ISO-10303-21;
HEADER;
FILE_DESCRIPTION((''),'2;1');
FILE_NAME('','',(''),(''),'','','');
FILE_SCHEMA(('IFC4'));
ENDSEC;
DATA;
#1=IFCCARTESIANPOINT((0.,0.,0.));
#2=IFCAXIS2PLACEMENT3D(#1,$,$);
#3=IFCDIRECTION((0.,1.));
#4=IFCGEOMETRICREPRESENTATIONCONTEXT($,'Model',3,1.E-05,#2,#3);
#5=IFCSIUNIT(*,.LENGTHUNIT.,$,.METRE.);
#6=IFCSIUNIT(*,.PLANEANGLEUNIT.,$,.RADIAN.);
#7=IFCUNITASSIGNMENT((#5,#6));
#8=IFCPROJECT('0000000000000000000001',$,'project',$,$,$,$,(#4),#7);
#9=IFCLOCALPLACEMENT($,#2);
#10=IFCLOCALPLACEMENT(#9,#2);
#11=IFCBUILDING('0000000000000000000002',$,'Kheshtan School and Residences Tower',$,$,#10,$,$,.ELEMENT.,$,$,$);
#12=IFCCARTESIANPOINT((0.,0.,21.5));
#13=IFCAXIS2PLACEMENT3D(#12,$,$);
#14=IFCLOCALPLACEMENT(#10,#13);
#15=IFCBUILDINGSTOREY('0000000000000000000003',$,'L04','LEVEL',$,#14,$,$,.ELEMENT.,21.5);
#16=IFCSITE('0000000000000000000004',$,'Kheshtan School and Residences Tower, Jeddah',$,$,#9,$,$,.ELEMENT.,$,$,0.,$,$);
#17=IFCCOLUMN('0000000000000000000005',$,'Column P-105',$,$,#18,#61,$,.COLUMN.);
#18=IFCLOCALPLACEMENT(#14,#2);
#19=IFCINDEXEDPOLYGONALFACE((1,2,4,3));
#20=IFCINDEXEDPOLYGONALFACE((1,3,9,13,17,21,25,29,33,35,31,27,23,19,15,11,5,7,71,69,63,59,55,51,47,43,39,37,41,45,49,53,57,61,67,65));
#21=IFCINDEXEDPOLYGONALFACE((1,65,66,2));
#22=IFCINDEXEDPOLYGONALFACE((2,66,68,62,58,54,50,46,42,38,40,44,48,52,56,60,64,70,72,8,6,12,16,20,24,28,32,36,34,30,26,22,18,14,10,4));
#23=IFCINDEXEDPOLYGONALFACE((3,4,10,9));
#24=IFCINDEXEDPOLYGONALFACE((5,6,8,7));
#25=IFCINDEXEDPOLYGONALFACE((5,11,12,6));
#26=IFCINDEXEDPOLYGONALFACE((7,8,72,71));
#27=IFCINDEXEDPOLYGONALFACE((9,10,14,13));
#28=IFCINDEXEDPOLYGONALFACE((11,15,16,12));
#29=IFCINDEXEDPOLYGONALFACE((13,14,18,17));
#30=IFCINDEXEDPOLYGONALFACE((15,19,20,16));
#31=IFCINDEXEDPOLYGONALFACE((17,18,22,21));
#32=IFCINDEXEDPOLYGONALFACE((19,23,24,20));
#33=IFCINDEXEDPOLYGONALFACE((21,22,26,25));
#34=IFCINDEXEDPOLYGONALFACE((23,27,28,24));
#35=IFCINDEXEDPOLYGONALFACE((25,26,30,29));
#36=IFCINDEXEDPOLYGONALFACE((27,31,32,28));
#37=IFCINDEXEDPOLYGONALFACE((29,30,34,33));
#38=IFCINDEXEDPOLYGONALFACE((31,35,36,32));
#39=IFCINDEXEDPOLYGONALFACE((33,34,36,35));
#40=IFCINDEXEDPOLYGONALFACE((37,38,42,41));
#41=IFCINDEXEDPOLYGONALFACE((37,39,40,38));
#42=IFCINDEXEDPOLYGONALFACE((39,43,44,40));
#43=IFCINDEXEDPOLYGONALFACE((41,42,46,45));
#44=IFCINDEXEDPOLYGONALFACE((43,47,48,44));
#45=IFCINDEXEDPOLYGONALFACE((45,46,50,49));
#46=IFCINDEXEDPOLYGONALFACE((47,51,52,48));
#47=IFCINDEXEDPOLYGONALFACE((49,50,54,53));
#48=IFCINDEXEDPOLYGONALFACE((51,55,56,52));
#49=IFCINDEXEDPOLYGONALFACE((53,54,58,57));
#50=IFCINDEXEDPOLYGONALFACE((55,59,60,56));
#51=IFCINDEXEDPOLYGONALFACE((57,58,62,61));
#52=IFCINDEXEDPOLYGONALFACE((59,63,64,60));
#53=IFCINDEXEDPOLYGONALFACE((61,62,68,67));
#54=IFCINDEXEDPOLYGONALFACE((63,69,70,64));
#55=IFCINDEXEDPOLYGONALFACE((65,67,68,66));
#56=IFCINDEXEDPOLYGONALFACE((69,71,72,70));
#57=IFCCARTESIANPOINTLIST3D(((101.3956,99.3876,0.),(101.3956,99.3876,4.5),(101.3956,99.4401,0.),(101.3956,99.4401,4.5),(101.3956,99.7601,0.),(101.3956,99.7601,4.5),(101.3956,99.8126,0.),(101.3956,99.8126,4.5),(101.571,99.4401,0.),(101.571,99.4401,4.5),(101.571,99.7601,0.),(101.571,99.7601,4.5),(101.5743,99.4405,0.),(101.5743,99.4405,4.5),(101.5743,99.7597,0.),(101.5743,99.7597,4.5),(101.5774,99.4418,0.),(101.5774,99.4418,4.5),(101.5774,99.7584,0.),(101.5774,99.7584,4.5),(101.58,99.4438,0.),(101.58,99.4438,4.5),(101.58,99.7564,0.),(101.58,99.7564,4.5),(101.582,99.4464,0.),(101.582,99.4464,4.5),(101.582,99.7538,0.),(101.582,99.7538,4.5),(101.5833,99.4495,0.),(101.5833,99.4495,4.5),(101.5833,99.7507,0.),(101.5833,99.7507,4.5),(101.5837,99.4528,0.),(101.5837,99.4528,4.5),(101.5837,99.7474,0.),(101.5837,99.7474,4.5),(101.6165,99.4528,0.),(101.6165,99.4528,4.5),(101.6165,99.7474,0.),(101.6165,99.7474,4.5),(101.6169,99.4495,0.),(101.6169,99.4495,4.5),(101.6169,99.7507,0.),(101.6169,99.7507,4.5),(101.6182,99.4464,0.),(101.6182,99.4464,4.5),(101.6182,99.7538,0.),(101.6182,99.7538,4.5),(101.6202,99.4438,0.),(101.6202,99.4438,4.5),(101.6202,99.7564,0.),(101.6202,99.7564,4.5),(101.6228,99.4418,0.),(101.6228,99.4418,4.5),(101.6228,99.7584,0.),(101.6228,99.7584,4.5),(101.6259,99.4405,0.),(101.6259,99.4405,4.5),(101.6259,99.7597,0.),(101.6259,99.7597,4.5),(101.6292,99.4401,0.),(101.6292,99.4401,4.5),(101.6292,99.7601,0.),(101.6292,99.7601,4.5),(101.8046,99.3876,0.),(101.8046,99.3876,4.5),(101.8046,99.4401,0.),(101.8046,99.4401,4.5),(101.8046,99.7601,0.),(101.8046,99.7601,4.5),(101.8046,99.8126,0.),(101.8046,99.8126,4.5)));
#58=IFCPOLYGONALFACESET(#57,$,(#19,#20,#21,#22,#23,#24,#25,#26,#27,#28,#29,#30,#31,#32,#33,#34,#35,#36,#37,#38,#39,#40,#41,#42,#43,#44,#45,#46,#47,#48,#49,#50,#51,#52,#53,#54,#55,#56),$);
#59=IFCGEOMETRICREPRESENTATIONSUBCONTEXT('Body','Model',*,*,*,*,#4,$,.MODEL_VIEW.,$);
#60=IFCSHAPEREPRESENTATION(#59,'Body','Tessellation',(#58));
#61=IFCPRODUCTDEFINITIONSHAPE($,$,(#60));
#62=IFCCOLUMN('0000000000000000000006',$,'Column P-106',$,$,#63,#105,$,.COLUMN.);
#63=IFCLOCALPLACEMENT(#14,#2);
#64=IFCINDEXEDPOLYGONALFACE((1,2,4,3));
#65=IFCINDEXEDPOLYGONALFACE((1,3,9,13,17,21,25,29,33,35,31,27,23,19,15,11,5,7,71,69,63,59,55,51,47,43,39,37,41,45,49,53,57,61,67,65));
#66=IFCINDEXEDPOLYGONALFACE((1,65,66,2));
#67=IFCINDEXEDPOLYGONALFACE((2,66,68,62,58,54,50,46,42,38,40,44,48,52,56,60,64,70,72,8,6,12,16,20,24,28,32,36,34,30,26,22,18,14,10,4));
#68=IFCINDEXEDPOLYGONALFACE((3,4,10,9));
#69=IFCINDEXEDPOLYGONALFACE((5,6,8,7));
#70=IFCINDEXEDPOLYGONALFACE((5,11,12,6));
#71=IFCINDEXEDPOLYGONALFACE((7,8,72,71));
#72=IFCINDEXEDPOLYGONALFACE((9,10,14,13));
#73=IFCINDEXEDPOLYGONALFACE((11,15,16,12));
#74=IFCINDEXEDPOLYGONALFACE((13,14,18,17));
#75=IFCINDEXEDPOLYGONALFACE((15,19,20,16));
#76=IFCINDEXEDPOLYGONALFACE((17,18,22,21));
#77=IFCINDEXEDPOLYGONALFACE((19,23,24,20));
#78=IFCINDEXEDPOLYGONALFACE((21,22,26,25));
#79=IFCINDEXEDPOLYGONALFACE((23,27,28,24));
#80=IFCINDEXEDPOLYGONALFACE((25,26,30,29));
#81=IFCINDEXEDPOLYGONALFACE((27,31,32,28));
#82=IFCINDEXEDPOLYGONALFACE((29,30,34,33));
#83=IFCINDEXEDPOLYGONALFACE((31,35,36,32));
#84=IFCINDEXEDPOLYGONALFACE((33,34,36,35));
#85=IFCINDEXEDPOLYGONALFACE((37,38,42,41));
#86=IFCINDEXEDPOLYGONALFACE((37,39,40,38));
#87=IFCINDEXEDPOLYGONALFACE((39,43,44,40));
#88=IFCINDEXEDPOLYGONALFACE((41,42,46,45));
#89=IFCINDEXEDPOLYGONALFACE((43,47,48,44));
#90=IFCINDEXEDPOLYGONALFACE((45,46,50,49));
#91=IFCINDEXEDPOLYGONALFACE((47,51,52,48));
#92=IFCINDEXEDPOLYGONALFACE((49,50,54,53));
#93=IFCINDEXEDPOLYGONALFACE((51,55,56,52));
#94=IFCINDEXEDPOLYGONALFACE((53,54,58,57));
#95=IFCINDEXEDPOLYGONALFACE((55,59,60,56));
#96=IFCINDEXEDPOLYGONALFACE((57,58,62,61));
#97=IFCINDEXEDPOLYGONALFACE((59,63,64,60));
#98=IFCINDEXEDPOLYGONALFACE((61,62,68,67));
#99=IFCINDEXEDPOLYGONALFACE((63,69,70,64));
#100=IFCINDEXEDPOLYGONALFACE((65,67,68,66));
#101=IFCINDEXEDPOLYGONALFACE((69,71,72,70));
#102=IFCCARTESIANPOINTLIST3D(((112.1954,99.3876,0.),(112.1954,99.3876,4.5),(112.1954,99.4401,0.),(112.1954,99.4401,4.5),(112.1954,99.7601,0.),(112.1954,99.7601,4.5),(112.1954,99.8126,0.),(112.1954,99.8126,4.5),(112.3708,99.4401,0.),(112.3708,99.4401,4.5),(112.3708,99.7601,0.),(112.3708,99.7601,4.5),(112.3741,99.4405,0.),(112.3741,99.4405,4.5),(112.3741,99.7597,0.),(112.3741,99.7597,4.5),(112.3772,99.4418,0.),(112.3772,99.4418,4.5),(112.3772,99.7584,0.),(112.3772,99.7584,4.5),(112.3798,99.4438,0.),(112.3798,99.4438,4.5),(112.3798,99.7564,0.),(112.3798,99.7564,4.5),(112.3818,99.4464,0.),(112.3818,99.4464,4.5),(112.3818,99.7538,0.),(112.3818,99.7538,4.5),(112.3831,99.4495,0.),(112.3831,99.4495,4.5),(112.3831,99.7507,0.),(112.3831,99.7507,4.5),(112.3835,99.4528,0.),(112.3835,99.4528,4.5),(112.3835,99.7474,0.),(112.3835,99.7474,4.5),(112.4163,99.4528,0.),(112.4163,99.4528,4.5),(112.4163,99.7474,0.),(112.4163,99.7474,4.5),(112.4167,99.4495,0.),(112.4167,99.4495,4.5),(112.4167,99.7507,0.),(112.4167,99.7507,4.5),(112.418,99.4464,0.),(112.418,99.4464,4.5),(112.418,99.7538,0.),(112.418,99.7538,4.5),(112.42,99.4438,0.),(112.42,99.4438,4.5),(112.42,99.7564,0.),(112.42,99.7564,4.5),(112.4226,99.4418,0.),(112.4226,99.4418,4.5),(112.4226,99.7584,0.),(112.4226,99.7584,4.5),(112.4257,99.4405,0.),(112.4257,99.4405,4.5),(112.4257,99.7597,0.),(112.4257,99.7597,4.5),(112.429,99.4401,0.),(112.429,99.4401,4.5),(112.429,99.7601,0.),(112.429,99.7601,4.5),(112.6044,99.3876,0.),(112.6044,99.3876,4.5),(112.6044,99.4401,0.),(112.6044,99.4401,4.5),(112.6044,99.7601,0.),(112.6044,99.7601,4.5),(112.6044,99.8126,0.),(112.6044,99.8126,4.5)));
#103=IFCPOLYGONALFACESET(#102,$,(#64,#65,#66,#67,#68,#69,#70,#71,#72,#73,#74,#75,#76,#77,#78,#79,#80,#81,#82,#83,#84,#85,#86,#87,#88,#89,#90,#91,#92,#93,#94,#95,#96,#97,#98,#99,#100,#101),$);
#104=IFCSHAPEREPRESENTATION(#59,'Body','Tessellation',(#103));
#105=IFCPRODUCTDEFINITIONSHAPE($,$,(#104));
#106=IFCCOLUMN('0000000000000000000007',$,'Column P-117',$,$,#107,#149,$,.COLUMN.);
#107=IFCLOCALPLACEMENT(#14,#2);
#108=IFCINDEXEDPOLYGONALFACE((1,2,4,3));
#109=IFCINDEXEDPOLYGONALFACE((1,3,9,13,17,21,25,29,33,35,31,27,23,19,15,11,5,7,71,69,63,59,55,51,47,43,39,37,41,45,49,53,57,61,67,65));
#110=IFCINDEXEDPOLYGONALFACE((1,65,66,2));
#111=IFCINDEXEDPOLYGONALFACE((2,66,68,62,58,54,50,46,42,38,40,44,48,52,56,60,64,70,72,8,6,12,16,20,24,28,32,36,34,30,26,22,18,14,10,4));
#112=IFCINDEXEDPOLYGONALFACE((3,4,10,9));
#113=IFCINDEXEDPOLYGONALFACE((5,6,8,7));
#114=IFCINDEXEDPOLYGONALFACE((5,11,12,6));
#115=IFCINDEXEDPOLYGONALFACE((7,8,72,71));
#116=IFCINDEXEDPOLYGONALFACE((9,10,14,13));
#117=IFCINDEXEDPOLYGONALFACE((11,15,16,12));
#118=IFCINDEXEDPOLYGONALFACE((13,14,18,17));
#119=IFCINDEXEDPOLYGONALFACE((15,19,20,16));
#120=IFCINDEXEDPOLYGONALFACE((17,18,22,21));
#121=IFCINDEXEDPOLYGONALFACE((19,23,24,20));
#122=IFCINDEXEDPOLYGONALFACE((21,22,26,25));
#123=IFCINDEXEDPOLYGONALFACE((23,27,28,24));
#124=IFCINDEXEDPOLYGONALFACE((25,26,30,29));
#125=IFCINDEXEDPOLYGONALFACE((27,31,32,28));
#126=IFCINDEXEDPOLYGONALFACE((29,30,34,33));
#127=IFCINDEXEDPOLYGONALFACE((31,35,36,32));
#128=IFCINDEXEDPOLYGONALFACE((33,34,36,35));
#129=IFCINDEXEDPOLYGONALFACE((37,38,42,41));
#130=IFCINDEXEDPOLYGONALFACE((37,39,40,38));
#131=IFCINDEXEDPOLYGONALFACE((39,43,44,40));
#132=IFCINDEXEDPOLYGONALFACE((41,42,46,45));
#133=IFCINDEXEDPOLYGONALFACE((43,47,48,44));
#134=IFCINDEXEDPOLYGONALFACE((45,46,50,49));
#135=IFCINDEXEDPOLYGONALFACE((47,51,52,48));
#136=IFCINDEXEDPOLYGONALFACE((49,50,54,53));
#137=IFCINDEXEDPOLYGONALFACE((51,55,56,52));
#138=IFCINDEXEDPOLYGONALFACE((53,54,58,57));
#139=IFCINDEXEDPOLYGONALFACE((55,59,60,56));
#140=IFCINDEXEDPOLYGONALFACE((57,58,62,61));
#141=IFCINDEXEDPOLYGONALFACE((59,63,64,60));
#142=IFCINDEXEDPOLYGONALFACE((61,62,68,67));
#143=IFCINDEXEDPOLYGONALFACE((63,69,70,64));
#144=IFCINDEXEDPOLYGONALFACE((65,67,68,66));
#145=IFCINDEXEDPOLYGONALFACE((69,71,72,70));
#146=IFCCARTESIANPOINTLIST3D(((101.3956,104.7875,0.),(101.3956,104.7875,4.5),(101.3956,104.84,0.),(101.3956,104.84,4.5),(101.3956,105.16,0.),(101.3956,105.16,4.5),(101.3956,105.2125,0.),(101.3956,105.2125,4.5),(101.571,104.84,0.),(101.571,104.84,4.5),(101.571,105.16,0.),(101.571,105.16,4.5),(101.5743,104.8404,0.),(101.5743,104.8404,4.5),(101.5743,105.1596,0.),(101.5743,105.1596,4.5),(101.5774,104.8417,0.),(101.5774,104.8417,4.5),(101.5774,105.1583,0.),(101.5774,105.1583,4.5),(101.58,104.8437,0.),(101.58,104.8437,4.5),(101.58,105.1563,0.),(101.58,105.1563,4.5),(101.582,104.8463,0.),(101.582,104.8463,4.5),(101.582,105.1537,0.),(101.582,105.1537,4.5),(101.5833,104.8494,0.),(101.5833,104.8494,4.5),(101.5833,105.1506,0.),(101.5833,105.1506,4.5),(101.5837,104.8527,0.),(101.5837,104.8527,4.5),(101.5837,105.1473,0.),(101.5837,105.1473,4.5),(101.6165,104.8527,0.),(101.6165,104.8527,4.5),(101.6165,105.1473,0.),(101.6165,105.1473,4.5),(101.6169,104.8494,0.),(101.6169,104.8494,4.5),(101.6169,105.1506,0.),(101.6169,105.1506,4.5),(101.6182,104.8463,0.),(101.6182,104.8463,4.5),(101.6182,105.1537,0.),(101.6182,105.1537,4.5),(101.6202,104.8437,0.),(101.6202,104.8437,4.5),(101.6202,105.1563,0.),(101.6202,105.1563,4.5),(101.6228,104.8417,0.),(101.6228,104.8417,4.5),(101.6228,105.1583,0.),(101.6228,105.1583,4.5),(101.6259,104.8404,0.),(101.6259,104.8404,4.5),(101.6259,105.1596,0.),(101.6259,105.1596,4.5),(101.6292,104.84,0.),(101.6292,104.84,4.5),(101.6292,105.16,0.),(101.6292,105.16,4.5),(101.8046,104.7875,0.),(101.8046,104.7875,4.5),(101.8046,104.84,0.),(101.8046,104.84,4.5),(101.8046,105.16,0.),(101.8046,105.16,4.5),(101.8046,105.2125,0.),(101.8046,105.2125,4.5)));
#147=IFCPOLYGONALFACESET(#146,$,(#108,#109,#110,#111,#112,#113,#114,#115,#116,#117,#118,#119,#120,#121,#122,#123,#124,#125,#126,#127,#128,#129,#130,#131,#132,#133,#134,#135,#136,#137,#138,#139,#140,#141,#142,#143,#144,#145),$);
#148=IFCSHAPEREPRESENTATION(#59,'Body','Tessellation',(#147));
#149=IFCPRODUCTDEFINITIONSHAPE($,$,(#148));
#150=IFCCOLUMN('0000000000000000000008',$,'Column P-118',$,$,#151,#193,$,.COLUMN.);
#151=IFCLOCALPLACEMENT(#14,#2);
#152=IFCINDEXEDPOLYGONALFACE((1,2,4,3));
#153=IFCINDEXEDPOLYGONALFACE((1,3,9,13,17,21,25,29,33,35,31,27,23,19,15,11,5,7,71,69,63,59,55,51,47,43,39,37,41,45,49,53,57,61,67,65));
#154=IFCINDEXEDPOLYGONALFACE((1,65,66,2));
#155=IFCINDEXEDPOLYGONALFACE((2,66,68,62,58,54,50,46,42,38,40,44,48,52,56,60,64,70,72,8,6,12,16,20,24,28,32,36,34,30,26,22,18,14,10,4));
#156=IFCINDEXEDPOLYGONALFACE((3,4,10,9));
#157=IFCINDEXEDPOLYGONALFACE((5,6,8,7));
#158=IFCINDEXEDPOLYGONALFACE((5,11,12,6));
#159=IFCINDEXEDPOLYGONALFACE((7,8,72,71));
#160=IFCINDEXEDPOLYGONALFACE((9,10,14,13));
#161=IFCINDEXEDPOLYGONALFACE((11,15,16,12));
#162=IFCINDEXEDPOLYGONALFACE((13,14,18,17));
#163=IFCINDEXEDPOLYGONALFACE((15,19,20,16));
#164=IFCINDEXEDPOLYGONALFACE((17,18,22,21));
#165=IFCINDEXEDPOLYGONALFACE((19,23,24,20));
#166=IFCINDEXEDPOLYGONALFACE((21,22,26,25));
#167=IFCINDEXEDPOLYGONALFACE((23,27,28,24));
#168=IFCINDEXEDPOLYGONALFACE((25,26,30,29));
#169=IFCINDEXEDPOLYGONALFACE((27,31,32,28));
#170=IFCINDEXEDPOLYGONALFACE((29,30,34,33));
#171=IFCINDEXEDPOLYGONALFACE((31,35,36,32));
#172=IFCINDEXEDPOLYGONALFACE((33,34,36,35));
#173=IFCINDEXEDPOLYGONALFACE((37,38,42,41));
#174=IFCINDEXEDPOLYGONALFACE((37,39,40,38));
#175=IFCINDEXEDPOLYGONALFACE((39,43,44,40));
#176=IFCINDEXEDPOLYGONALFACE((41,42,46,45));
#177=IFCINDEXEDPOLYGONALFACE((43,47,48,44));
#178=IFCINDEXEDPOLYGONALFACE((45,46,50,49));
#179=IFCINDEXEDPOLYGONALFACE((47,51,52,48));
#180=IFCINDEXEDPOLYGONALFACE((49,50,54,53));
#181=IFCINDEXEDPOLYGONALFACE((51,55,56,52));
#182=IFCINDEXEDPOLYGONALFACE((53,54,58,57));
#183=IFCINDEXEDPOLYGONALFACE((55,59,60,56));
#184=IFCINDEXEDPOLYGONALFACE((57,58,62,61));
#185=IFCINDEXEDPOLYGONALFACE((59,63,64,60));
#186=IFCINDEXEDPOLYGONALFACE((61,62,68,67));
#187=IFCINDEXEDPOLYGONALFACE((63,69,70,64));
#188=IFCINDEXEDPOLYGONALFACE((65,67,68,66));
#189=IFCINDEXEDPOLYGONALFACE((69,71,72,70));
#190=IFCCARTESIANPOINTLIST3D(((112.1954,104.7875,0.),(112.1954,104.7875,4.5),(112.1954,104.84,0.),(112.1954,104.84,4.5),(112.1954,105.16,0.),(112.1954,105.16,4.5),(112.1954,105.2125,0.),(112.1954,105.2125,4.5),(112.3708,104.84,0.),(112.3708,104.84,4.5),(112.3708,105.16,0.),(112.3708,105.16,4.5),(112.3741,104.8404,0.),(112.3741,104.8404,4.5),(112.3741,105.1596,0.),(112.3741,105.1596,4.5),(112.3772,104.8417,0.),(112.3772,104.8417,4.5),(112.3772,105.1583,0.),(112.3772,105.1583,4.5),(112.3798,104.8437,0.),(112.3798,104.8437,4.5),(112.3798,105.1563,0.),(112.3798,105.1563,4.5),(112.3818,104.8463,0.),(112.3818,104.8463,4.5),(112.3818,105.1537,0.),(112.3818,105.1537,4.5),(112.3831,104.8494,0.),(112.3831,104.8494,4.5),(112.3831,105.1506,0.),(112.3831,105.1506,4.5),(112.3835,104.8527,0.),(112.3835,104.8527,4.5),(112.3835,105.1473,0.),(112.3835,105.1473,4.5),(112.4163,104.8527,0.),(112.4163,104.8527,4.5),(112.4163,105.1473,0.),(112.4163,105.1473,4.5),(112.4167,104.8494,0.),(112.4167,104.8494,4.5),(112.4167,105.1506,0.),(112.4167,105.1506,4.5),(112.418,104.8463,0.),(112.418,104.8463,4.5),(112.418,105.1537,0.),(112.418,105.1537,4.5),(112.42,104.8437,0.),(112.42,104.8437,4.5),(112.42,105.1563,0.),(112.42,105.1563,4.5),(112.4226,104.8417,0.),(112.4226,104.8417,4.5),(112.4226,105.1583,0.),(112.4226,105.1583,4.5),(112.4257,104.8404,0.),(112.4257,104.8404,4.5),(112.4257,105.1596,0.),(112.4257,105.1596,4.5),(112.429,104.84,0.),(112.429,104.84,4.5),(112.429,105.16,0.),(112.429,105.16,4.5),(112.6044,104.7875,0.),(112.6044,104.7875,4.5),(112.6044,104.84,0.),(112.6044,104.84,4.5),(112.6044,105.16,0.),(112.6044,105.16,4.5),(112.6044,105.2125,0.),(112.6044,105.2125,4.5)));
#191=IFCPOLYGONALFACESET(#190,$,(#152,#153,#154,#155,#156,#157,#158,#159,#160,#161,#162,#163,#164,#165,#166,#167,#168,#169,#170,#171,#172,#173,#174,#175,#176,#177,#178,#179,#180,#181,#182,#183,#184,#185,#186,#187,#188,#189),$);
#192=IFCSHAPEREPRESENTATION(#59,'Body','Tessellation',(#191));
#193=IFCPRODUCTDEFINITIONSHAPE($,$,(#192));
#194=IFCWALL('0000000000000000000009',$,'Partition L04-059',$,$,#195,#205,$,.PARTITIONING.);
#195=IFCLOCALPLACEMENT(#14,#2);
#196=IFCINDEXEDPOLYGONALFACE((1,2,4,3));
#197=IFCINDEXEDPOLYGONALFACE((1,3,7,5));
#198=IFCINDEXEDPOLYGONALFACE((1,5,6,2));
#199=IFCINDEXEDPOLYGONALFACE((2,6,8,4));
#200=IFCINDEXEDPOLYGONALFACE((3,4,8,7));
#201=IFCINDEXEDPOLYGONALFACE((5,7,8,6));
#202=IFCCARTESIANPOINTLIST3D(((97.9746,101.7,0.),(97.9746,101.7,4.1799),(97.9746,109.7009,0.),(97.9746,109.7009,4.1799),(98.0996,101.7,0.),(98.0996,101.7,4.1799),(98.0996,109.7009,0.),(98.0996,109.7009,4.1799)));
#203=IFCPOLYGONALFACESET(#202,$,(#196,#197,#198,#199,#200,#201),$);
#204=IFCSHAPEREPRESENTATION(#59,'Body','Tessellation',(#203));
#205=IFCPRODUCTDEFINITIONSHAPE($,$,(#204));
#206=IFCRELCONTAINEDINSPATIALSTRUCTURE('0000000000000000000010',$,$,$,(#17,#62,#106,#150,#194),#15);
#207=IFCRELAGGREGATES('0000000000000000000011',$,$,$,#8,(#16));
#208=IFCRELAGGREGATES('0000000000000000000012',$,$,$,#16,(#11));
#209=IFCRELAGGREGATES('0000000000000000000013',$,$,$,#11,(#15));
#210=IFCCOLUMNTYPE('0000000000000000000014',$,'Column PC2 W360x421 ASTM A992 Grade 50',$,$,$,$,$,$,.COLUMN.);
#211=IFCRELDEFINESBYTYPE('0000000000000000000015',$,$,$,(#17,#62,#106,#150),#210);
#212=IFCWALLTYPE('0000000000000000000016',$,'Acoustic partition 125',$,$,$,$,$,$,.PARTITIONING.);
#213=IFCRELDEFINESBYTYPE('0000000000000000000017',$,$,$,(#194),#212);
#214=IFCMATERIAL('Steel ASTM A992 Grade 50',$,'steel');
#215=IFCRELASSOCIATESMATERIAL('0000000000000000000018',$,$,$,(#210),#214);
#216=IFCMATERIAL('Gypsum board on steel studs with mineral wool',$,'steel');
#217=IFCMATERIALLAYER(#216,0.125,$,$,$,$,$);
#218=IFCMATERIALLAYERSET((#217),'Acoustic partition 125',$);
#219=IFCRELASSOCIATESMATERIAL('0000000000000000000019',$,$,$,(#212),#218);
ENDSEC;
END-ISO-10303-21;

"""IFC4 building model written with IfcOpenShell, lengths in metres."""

from ifc_helpers import new_model, si_unit, direction, frame, frame_2d, origin, origin_2d, place, context, subcontext, project, spatial, rectangle, i_section, extrude, material, layer, layer_set, material_profile, profile_set, type_object, element, save


model = new_model("IFC4")

# Units and contexts
model_context = context("Model", 3, precision=1e-05, world=origin(), true_north=direction((0.0, 1.0)))
body_context = subcontext(model_context, "Body", "Model", "MODEL_VIEW")
ifc_project = project(units=[si_unit("LENGTHUNIT", "METRE"), si_unit("PLANEANGLEUNIT", "RADIAN")], contexts=[model_context])

# Site, building, storey
site_placement = place(None, origin())
site = spatial("IfcSite", under=ifc_project, at=site_placement, Name="Kheshtan School and Residences Tower, Jeddah", CompositionType="ELEMENT", RefElevation=0.0)
building_placement = place(site_placement, origin())
building = spatial("IfcBuilding", under=site, at=building_placement, Name="Kheshtan School and Residences Tower", CompositionType="ELEMENT")
storey_placement = place(building_placement, frame((0.0, 0.0, 21.5)))
storey = spatial("IfcBuildingStorey", under=building, at=storey_placement, Name="L04", Description="LEVEL", CompositionType="ELEMENT", Elevation=21.5)

# Columns
ifc_material_1 = material(Name="Steel ASTM A992 Grade 50", Category="steel")
ifc_material_profile = material_profile(ifc_material_1, i_section(OverallWidth=0.4089, OverallDepth=0.425, WebThickness=0.0327, FlangeThickness=0.0525, FilletRadius=0.0127, at=origin_2d()), Name="W360x421")
ifc_profile_set = profile_set([ifc_material_profile], Name="Steel ASTM A992 Grade 50")
column_type = type_object("IfcColumnType", Name="Column PC2 W360x421 ASTM A992 Grade 50", PredefinedType="COLUMN", material=ifc_profile_set)
for number, where, z_axis, x_axis, name in (
    (1, (101.6001, 99.6001, 0.0), (0.0, 0.0, 1.0), (1.0, 0.0, 0.0), "Column P-105"),
    (2, (112.3999, 99.6001, 0.0), (0.0, 0.0, 1.0), (1.0, 0.0, 0.0), "Column P-106"),
    (3, (101.6001, 105.0, 0.0), (0.0, 0.0, 1.0), (1.0, 0.0, 0.0), "Column P-117"),
    (4, (112.3999, 105.0, 0.0), (0.0, 0.0, 1.0), (1.0, 0.0, 0.0), "Column P-118"),
):
    element("IfcColumn", number, at=place(storey_placement, frame(where, z_axis=z_axis, x_axis=x_axis)), inside=storey, type_object=column_type, Name=name, PredefinedType="COLUMN", context=body_context, shape_type="SweptSolid", body=[
        extrude(i_section(OverallWidth=0.4089, OverallDepth=0.425, WebThickness=0.0327, FlangeThickness=0.0525, FilletRadius=0.0127, at=origin_2d()), origin(), (0.0, 0.0, 1.0), 4.5),
    ])

# Wall
ifc_material_2 = material(Name="Gypsum board on steel studs with mineral wool", Category="steel")
ifc_layer_1 = layer(ifc_material_2, 0.125)
ifc_layer_set_1 = layer_set([ifc_layer_1], Name="Acoustic partition 125")
wall_type_1 = type_object("IfcWallType", Name="Acoustic partition 125", PredefinedType="PARTITIONING", material=ifc_layer_set_1)
for number, where, z_axis, x_axis, name in (
    (5, (98.0371, 101.7, 0.0), (0.0, 0.0, 1.0), (0.0, 1.0, 0.0), "Partition L04-059"),
):
    element("IfcWall", number, at=place(storey_placement, frame(where, z_axis=z_axis, x_axis=x_axis)), inside=storey, type_object=wall_type_1, Name=name, PredefinedType="PARTITIONING", context=body_context, shape_type="SweptSolid", body=[
        extrude(rectangle(XDim=8.001, YDim=0.125, at=frame_2d((4.0005, 0.0))), origin(), (0.0, 0.0, 1.0), 4.1799),
    ])

save(model, "model.ifc")
